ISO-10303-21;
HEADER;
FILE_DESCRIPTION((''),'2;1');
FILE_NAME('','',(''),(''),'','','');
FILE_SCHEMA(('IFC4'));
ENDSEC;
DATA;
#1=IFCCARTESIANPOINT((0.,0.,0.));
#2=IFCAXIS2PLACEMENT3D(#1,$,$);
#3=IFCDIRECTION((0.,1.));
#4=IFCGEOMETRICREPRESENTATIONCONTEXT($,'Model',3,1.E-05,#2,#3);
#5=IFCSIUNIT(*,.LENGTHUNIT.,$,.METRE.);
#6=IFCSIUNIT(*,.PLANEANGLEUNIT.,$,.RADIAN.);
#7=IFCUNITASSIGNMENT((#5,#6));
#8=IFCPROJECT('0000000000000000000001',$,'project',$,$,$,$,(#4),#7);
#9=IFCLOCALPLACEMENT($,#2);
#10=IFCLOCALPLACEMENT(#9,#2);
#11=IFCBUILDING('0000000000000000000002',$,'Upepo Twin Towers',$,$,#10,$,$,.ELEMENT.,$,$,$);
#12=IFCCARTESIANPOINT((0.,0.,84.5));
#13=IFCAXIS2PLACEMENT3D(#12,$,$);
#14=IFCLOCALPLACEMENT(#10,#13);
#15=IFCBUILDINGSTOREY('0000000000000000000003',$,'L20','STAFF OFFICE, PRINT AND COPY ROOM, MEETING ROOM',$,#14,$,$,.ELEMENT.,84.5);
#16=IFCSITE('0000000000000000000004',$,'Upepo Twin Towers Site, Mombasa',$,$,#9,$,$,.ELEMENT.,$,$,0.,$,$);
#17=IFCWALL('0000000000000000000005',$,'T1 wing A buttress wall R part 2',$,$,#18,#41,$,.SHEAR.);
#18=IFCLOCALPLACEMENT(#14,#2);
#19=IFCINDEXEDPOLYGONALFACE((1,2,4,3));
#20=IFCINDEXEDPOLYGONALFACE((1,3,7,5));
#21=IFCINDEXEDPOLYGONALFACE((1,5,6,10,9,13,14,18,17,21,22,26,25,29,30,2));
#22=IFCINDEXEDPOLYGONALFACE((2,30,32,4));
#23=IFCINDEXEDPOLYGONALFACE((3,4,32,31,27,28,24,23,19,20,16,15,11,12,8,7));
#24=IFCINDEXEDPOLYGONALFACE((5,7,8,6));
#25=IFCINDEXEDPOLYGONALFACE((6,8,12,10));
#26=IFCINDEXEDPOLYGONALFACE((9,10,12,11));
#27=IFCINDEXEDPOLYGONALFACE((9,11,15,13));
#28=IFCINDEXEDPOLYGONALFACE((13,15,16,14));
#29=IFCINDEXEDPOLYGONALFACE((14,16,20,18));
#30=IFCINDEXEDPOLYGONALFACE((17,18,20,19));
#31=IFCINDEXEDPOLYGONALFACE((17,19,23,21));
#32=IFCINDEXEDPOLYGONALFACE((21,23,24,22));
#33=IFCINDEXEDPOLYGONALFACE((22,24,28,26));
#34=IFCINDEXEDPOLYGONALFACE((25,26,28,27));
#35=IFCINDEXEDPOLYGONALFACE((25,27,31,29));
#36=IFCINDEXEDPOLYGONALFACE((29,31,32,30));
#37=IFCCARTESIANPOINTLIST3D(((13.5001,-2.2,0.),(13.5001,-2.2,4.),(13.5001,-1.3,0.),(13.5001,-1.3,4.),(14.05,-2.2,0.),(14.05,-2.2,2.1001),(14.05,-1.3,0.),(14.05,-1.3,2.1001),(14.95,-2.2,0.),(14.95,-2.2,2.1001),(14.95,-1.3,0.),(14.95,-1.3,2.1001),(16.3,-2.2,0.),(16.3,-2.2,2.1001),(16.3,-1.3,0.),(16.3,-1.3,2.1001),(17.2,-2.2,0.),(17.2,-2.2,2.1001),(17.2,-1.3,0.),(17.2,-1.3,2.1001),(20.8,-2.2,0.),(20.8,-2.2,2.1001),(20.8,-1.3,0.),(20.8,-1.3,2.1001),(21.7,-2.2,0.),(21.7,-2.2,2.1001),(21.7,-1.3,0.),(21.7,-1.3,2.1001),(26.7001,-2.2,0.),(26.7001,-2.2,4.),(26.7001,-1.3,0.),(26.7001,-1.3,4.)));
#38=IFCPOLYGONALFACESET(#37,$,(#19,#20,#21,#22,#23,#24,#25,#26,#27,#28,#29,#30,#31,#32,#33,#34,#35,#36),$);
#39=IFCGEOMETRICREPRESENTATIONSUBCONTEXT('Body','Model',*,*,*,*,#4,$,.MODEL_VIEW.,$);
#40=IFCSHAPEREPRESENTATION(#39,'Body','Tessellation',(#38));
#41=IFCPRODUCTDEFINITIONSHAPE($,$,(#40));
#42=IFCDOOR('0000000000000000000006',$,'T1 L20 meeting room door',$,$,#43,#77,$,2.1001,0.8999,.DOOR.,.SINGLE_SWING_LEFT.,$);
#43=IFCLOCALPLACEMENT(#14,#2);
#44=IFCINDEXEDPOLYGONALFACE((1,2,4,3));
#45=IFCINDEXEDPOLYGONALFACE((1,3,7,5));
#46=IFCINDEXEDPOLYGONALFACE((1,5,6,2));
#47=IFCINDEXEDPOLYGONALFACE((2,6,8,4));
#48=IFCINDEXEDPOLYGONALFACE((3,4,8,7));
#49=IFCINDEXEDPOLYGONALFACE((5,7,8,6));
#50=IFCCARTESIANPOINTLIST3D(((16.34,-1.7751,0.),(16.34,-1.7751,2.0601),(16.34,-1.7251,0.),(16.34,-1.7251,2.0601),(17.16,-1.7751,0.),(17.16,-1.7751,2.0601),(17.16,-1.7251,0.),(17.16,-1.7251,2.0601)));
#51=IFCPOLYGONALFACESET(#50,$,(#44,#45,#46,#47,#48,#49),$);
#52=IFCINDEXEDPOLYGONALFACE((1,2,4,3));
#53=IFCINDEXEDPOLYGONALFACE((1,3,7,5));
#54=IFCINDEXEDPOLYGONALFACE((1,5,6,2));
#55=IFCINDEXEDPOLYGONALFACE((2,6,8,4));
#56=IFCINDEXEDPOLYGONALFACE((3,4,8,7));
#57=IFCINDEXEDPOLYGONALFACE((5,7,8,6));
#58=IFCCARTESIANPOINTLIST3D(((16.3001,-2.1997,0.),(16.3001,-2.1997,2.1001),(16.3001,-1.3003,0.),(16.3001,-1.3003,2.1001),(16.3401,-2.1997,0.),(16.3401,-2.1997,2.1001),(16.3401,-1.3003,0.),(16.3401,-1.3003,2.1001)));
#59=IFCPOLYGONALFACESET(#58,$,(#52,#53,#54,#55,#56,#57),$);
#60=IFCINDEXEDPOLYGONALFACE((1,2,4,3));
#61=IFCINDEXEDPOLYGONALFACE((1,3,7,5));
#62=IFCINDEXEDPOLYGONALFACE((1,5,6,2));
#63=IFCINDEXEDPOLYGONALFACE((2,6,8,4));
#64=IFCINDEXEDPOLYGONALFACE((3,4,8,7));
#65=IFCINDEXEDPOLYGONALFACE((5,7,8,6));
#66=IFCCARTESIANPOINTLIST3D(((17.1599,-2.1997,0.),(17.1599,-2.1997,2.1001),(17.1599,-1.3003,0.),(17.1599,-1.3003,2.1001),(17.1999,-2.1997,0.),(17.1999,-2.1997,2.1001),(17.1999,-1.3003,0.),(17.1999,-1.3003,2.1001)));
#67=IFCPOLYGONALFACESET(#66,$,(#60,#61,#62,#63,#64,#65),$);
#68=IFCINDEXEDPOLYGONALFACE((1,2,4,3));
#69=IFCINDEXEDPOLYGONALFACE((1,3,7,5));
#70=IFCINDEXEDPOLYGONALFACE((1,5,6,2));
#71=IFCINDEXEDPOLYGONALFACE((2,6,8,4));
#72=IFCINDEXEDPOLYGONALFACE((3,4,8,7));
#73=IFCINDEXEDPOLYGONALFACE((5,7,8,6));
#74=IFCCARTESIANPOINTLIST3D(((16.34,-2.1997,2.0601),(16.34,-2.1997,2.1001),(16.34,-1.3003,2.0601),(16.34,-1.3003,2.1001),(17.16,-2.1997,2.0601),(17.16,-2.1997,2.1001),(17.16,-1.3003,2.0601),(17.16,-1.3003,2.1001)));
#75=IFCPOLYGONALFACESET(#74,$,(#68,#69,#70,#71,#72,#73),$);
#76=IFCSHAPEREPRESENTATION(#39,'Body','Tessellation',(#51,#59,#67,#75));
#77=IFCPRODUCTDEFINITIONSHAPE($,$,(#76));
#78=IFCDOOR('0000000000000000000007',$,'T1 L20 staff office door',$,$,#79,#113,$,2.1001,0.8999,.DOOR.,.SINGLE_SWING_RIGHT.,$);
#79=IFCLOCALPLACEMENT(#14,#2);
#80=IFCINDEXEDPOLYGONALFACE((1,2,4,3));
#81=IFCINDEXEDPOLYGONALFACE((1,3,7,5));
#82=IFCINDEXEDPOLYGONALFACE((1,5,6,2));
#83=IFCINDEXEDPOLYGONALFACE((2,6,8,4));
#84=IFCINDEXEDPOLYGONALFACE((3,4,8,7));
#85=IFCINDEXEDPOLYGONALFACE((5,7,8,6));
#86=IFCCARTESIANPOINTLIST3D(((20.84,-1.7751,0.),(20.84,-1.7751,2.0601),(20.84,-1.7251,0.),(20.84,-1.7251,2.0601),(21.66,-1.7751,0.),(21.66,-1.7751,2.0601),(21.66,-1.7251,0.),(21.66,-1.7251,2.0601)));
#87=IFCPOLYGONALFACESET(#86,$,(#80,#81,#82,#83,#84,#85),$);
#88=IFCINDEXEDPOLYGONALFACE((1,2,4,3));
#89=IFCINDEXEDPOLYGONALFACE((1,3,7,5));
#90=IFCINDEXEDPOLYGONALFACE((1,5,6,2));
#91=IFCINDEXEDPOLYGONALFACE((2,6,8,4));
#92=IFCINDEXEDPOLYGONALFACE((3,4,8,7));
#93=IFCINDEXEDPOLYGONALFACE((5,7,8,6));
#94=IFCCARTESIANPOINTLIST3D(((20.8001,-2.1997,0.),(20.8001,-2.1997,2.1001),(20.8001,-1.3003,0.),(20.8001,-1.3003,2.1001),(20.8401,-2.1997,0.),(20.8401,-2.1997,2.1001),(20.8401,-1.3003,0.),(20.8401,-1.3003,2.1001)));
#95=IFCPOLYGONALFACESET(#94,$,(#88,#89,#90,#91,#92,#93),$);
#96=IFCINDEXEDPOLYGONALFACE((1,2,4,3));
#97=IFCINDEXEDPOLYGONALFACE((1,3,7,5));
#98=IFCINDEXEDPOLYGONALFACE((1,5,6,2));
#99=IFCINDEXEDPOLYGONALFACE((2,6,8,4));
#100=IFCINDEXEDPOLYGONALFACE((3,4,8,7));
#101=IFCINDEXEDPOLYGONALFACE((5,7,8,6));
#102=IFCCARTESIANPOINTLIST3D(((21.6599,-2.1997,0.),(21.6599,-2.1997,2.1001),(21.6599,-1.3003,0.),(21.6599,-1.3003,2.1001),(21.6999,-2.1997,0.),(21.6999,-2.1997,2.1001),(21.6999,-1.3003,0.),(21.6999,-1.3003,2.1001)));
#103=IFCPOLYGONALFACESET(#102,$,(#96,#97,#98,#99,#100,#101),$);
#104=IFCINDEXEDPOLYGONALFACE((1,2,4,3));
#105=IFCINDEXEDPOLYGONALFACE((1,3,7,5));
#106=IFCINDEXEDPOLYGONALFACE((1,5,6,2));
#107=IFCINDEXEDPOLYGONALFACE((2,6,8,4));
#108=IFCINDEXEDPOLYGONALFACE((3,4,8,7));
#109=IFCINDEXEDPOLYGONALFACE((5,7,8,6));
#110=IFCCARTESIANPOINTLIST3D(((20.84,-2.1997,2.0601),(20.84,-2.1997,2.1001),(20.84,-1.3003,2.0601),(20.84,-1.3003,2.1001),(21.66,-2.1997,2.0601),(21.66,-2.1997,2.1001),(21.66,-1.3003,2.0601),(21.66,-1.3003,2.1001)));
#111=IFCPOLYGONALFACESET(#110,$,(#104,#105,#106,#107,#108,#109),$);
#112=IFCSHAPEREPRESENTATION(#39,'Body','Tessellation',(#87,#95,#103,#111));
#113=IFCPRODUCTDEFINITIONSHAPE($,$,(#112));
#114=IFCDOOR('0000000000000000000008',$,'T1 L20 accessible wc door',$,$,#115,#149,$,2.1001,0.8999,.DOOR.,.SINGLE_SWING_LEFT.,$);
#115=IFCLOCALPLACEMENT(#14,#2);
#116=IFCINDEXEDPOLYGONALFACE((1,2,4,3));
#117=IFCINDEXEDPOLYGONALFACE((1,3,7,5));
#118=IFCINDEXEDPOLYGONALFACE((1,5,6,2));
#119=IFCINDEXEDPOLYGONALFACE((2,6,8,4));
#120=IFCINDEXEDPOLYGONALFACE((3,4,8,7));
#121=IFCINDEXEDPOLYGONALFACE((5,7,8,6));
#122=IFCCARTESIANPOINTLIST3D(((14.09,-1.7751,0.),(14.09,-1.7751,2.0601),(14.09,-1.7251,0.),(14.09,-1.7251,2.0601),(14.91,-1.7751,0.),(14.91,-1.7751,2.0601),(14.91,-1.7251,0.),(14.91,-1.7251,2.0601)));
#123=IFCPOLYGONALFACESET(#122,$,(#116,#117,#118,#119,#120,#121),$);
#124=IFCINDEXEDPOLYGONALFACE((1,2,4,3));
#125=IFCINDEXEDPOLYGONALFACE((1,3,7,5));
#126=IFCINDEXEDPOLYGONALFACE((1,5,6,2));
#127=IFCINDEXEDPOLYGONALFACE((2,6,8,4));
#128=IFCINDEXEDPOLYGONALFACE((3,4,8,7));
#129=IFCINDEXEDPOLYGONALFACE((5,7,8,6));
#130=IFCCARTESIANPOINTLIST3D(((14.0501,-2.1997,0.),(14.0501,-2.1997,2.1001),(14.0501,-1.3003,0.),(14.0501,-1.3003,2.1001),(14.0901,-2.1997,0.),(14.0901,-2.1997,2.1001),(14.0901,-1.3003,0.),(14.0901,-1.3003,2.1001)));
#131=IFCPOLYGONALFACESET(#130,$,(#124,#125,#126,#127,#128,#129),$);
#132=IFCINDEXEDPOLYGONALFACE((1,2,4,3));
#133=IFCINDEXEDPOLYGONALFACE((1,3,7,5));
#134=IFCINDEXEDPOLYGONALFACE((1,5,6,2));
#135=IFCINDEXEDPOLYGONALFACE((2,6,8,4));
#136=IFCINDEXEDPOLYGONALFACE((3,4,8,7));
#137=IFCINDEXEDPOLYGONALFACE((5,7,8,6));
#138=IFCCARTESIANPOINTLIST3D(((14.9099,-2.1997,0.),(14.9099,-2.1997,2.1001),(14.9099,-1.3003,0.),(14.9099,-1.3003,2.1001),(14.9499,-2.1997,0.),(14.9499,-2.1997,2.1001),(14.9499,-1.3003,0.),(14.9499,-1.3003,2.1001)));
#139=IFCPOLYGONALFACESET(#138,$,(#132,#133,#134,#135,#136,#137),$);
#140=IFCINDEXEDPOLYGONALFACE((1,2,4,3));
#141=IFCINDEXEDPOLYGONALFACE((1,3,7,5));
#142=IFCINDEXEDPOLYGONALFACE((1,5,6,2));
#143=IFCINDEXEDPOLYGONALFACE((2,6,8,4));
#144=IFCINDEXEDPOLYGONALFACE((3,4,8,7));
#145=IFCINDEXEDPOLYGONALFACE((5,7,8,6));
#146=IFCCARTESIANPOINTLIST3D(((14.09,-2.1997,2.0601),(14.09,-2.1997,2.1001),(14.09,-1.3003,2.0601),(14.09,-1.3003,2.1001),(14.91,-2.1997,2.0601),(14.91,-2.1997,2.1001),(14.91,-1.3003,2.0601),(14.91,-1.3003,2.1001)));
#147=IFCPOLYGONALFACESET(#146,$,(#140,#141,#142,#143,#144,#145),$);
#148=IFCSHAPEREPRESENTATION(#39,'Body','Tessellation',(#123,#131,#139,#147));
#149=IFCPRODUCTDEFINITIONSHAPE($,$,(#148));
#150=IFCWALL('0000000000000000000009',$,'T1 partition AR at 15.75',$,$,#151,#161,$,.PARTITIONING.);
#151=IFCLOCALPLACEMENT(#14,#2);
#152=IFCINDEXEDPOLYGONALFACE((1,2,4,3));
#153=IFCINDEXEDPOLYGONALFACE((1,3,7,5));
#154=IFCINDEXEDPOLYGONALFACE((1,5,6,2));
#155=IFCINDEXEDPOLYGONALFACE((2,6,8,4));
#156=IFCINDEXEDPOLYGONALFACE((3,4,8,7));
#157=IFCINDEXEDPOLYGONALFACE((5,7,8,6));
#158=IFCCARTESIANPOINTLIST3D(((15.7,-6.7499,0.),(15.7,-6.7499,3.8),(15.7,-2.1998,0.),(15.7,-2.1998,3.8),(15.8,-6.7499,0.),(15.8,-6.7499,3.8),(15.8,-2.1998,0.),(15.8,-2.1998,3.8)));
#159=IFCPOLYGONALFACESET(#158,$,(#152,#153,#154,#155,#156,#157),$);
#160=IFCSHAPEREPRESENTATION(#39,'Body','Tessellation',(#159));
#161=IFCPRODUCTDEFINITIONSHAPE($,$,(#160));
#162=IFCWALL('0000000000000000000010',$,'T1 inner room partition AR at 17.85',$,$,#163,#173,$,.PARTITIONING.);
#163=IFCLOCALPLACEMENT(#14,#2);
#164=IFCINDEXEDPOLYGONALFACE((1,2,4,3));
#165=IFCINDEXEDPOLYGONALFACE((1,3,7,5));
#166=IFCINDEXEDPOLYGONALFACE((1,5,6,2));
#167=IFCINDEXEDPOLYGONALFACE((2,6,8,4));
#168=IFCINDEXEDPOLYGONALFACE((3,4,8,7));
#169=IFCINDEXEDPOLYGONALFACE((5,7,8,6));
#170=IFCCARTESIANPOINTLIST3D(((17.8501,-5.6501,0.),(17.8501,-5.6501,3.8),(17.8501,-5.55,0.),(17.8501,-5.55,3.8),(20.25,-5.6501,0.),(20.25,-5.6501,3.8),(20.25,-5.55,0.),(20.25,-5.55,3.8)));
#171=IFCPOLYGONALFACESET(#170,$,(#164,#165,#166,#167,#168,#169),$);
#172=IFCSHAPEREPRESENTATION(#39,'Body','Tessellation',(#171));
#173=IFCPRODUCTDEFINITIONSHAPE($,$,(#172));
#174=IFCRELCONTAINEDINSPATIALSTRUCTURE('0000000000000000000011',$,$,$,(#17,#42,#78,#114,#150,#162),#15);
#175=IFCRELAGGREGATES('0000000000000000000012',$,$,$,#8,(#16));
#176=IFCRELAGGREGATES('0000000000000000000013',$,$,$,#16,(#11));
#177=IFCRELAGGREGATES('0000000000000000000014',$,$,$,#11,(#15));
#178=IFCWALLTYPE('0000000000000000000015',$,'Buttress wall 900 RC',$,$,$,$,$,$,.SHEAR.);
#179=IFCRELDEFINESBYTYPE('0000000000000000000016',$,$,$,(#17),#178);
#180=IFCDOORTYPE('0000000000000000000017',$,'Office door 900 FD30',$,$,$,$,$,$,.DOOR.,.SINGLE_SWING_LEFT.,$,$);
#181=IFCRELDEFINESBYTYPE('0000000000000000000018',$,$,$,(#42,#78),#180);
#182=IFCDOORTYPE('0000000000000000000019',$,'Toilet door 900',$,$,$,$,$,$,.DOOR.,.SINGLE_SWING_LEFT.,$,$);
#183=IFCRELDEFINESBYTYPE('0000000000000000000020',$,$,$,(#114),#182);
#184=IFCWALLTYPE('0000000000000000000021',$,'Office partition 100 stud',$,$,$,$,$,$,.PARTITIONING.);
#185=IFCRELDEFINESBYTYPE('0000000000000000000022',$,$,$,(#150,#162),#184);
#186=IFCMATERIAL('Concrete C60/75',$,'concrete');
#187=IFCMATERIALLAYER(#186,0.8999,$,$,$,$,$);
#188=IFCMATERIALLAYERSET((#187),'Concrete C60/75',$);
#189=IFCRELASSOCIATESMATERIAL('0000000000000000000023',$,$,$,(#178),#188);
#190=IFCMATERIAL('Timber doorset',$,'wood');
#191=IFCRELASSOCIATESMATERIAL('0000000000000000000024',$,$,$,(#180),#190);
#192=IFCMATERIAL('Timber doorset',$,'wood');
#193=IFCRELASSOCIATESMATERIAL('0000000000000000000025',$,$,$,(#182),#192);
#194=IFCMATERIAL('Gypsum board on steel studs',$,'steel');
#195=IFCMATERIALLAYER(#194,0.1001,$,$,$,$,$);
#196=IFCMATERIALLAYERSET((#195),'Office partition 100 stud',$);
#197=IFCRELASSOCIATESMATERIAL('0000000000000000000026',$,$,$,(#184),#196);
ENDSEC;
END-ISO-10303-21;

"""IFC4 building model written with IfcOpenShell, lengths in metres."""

from ifc_helpers import new_model, si_unit, direction, frame, frame_2d, origin, place, context, subcontext, project, spatial, rectangle, extrude, material, layer, layer_set, type_object, element, fill, save


model = new_model("IFC4")

# Units and contexts
model_context = context("Model", 3, precision=1e-05, world=origin(), true_north=direction((0.0, 1.0)))
body_context = subcontext(model_context, "Body", "Model", "MODEL_VIEW")
ifc_project = project(units=[si_unit("LENGTHUNIT", "METRE"), si_unit("PLANEANGLEUNIT", "RADIAN")], contexts=[model_context])

# Site, building, storey
site_placement = place(None, origin())
site = spatial("IfcSite", under=ifc_project, at=site_placement, Name="Upepo Twin Towers Site, Mombasa", CompositionType="ELEMENT", RefElevation=0.0)
building_placement = place(site_placement, origin())
building = spatial("IfcBuilding", under=site, at=building_placement, Name="Upepo Twin Towers", CompositionType="ELEMENT")
storey_placement = place(building_placement, frame((0.0, 0.0, 84.5)))
storey = spatial("IfcBuildingStorey", under=building, at=storey_placement, Name="L20", Description="STAFF OFFICE, PRINT AND COPY ROOM, MEETING ROOM", CompositionType="ELEMENT", Elevation=84.5)

# Wall, openings, doors
ifc_material_1 = material(Name="Concrete C60/75", Category="concrete")
ifc_layer_1 = layer(ifc_material_1, 0.8999)
ifc_layer_set_1 = layer_set([ifc_layer_1], Name="Concrete C60/75")
wall_type_1 = type_object("IfcWallType", Name="Buttress wall 900 RC", PredefinedType="SHEAR", material=ifc_layer_set_1)
wall_1_placement = place(storey_placement, frame((13.5, -1.75, 0.0), z_axis=(0.0, 0.0, 1.0), x_axis=(1.0, 0.0, 0.0)))
wall_1 = element("IfcWall", 1, at=wall_1_placement, inside=storey, type_object=wall_type_1, Name="T1 wing A buttress wall R part 2", PredefinedType="SHEAR", context=body_context, shape_type="SweptSolid", body=[
    extrude(rectangle(XDim=13.2, YDim=0.8999, at=frame_2d((6.6001, 0.0))), origin(), (0.0, 0.0, 1.0), 4.0),
])
opening_1_placement = place(wall_1_placement, frame((0.55, 0.0, 0.0)))
opening_1 = element("IfcOpeningElement", 2, at=opening_1_placement, cuts=wall_1, PredefinedType="OPENING", context=body_context, shape_type="SweptSolid", body=[
    extrude(rectangle(XDim=0.8999, YDim=2.1001, at=frame_2d((0.45, 1.05))), frame((0.0, 0.46, 0.0), z_axis=(0.0, -1.0, 0.0), x_axis=(1.0, 0.0, 0.0)), (0.0, 0.0, 1.0), 0.9199),
])
opening_2_placement = place(wall_1_placement, frame((2.8, 0.0, 0.0)))
opening_2 = element("IfcOpeningElement", 3, at=opening_2_placement, cuts=wall_1, PredefinedType="OPENING", context=body_context, shape_type="SweptSolid", body=[
    extrude(rectangle(XDim=0.8999, YDim=2.1001, at=frame_2d((0.45, 1.05))), frame((0.0, 0.46, 0.0), z_axis=(0.0, -1.0, 0.0), x_axis=(1.0, 0.0, 0.0)), (0.0, 0.0, 1.0), 0.9199),
])
opening_3_placement = place(wall_1_placement, frame((7.3, 0.0, 0.0)))
opening_3 = element("IfcOpeningElement", 4, at=opening_3_placement, cuts=wall_1, PredefinedType="OPENING", context=body_context, shape_type="SweptSolid", body=[
    extrude(rectangle(XDim=0.8999, YDim=2.1001, at=frame_2d((0.45, 1.05))), frame((0.0, 0.46, 0.0), z_axis=(0.0, -1.0, 0.0), x_axis=(1.0, 0.0, 0.0)), (0.0, 0.0, 1.0), 0.9199),
])
ifc_material_2 = material(Name="Timber doorset", Category="wood")
door_type_1 = type_object("IfcDoorType", Name="Office door 900 FD30", OperationType="SINGLE_SWING_LEFT", PredefinedType="DOOR", material=ifc_material_2)
door_1_placement = place(opening_2_placement, origin())
door_1 = element("IfcDoor", 5, at=door_1_placement, inside=storey, type_object=door_type_1, Name="T1 L20 meeting room door", OperationType="SINGLE_SWING_LEFT", OverallHeight=2.1001, OverallWidth=0.8999, PredefinedType="DOOR", context=body_context, shape_type="SweptSolid", body=[
    extrude(rectangle(XDim=0.8199, YDim=2.0601, at=frame_2d((0.45, 1.03))), frame((0.0, 0.0249, 0.0), z_axis=(0.0, -1.0, 0.0), x_axis=(1.0, 0.0, 0.0)), (0.0, 0.0, 1.0), 0.05),
    extrude(rectangle(XDim=0.04, YDim=2.1001, at=frame_2d((0.02, 1.05))), frame((0.0, 0.4497, 0.0), z_axis=(0.0, -1.0, 0.0), x_axis=(1.0, 0.0, 0.0)), (0.0, 0.0, 1.0), 0.8994),
    extrude(rectangle(XDim=0.04, YDim=2.1001, at=frame_2d((0.8799, 1.05))), frame((0.0, 0.4497, 0.0), z_axis=(0.0, -1.0, 0.0), x_axis=(1.0, 0.0, 0.0)), (0.0, 0.0, 1.0), 0.8994),
    extrude(rectangle(XDim=0.8199, YDim=0.04, at=frame_2d((0.45, 2.0801))), frame((0.0, 0.4497, 0.0), z_axis=(0.0, -1.0, 0.0), x_axis=(1.0, 0.0, 0.0)), (0.0, 0.0, 1.0), 0.8994),
])
fill(opening_2, door_1)
door_2_placement = place(opening_3_placement, origin())
door_2 = element("IfcDoor", 6, at=door_2_placement, inside=storey, type_object=door_type_1, Name="T1 L20 staff office door", OperationType="SINGLE_SWING_RIGHT", OverallHeight=2.1001, OverallWidth=0.8999, PredefinedType="DOOR", context=body_context, shape_type="SweptSolid", body=[
    extrude(rectangle(XDim=0.8199, YDim=2.0601, at=frame_2d((0.45, 1.03))), frame((0.0, 0.0249, 0.0), z_axis=(0.0, -1.0, 0.0), x_axis=(1.0, 0.0, 0.0)), (0.0, 0.0, 1.0), 0.05),
    extrude(rectangle(XDim=0.04, YDim=2.1001, at=frame_2d((0.02, 1.05))), frame((0.0, 0.4497, 0.0), z_axis=(0.0, -1.0, 0.0), x_axis=(1.0, 0.0, 0.0)), (0.0, 0.0, 1.0), 0.8994),
    extrude(rectangle(XDim=0.04, YDim=2.1001, at=frame_2d((0.8799, 1.05))), frame((0.0, 0.4497, 0.0), z_axis=(0.0, -1.0, 0.0), x_axis=(1.0, 0.0, 0.0)), (0.0, 0.0, 1.0), 0.8994),
    extrude(rectangle(XDim=0.8199, YDim=0.04, at=frame_2d((0.45, 2.0801))), frame((0.0, 0.4497, 0.0), z_axis=(0.0, -1.0, 0.0), x_axis=(1.0, 0.0, 0.0)), (0.0, 0.0, 1.0), 0.8994),
])
fill(opening_3, door_2)
ifc_material_3 = material(Name="Timber doorset", Category="wood")
door_type_2 = type_object("IfcDoorType", Name="Toilet door 900", OperationType="SINGLE_SWING_LEFT", PredefinedType="DOOR", material=ifc_material_3)
door_3_placement = place(opening_1_placement, origin())
door_3 = element("IfcDoor", 7, at=door_3_placement, inside=storey, type_object=door_type_2, Name="T1 L20 accessible wc door", OperationType="SINGLE_SWING_LEFT", OverallHeight=2.1001, OverallWidth=0.8999, PredefinedType="DOOR", context=body_context, shape_type="SweptSolid", body=[
    extrude(rectangle(XDim=0.8199, YDim=2.0601, at=frame_2d((0.45, 1.03))), frame((0.0, 0.0249, 0.0), z_axis=(0.0, -1.0, 0.0), x_axis=(1.0, 0.0, 0.0)), (0.0, 0.0, 1.0), 0.05),
    extrude(rectangle(XDim=0.04, YDim=2.1001, at=frame_2d((0.02, 1.05))), frame((0.0, 0.4497, 0.0), z_axis=(0.0, -1.0, 0.0), x_axis=(1.0, 0.0, 0.0)), (0.0, 0.0, 1.0), 0.8994),
    extrude(rectangle(XDim=0.04, YDim=2.1001, at=frame_2d((0.8799, 1.05))), frame((0.0, 0.4497, 0.0), z_axis=(0.0, -1.0, 0.0), x_axis=(1.0, 0.0, 0.0)), (0.0, 0.0, 1.0), 0.8994),
    extrude(rectangle(XDim=0.8199, YDim=0.04, at=frame_2d((0.45, 2.0801))), frame((0.0, 0.4497, 0.0), z_axis=(0.0, -1.0, 0.0), x_axis=(1.0, 0.0, 0.0)), (0.0, 0.0, 1.0), 0.8994),
])
fill(opening_1, door_3)

# Walls
ifc_material_4 = material(Name="Gypsum board on steel studs", Category="steel")
ifc_layer_2 = layer(ifc_material_4, 0.1001)
ifc_layer_set_2 = layer_set([ifc_layer_2], Name="Office partition 100 stud")
wall_type_2 = type_object("IfcWallType", Name="Office partition 100 stud", PredefinedType="PARTITIONING", material=ifc_layer_set_2)
wall_2_placement = place(storey_placement, frame((15.75, -2.2, 0.0), z_axis=(0.0, 0.0, 1.0), x_axis=(0.0, -1.0, 0.0)))
element("IfcWall", 8, at=wall_2_placement, inside=storey, type_object=wall_type_2, Name="T1 partition AR at 15.75", PredefinedType="PARTITIONING", context=body_context, shape_type="SweptSolid", body=[
    extrude(rectangle(XDim=4.55, YDim=0.1001, at=frame_2d((2.2749, 0.0))), origin(), (0.0, 0.0, 1.0), 3.8),
])
wall_3_placement = place(storey_placement, frame((17.8501, -5.6001, 0.0), z_axis=(0.0, 0.0, 1.0), x_axis=(1.0, 0.0, 0.0)))
element("IfcWall", 9, at=wall_3_placement, inside=storey, type_object=wall_type_2, Name="T1 inner room partition AR at 17.85", PredefinedType="PARTITIONING", context=body_context, shape_type="SweptSolid", body=[
    extrude(rectangle(XDim=2.3999, YDim=0.1001, at=frame_2d((1.2, 0.0))), origin(), (0.0, 0.0, 1.0), 3.8),
])

save(model, "model.ifc")
